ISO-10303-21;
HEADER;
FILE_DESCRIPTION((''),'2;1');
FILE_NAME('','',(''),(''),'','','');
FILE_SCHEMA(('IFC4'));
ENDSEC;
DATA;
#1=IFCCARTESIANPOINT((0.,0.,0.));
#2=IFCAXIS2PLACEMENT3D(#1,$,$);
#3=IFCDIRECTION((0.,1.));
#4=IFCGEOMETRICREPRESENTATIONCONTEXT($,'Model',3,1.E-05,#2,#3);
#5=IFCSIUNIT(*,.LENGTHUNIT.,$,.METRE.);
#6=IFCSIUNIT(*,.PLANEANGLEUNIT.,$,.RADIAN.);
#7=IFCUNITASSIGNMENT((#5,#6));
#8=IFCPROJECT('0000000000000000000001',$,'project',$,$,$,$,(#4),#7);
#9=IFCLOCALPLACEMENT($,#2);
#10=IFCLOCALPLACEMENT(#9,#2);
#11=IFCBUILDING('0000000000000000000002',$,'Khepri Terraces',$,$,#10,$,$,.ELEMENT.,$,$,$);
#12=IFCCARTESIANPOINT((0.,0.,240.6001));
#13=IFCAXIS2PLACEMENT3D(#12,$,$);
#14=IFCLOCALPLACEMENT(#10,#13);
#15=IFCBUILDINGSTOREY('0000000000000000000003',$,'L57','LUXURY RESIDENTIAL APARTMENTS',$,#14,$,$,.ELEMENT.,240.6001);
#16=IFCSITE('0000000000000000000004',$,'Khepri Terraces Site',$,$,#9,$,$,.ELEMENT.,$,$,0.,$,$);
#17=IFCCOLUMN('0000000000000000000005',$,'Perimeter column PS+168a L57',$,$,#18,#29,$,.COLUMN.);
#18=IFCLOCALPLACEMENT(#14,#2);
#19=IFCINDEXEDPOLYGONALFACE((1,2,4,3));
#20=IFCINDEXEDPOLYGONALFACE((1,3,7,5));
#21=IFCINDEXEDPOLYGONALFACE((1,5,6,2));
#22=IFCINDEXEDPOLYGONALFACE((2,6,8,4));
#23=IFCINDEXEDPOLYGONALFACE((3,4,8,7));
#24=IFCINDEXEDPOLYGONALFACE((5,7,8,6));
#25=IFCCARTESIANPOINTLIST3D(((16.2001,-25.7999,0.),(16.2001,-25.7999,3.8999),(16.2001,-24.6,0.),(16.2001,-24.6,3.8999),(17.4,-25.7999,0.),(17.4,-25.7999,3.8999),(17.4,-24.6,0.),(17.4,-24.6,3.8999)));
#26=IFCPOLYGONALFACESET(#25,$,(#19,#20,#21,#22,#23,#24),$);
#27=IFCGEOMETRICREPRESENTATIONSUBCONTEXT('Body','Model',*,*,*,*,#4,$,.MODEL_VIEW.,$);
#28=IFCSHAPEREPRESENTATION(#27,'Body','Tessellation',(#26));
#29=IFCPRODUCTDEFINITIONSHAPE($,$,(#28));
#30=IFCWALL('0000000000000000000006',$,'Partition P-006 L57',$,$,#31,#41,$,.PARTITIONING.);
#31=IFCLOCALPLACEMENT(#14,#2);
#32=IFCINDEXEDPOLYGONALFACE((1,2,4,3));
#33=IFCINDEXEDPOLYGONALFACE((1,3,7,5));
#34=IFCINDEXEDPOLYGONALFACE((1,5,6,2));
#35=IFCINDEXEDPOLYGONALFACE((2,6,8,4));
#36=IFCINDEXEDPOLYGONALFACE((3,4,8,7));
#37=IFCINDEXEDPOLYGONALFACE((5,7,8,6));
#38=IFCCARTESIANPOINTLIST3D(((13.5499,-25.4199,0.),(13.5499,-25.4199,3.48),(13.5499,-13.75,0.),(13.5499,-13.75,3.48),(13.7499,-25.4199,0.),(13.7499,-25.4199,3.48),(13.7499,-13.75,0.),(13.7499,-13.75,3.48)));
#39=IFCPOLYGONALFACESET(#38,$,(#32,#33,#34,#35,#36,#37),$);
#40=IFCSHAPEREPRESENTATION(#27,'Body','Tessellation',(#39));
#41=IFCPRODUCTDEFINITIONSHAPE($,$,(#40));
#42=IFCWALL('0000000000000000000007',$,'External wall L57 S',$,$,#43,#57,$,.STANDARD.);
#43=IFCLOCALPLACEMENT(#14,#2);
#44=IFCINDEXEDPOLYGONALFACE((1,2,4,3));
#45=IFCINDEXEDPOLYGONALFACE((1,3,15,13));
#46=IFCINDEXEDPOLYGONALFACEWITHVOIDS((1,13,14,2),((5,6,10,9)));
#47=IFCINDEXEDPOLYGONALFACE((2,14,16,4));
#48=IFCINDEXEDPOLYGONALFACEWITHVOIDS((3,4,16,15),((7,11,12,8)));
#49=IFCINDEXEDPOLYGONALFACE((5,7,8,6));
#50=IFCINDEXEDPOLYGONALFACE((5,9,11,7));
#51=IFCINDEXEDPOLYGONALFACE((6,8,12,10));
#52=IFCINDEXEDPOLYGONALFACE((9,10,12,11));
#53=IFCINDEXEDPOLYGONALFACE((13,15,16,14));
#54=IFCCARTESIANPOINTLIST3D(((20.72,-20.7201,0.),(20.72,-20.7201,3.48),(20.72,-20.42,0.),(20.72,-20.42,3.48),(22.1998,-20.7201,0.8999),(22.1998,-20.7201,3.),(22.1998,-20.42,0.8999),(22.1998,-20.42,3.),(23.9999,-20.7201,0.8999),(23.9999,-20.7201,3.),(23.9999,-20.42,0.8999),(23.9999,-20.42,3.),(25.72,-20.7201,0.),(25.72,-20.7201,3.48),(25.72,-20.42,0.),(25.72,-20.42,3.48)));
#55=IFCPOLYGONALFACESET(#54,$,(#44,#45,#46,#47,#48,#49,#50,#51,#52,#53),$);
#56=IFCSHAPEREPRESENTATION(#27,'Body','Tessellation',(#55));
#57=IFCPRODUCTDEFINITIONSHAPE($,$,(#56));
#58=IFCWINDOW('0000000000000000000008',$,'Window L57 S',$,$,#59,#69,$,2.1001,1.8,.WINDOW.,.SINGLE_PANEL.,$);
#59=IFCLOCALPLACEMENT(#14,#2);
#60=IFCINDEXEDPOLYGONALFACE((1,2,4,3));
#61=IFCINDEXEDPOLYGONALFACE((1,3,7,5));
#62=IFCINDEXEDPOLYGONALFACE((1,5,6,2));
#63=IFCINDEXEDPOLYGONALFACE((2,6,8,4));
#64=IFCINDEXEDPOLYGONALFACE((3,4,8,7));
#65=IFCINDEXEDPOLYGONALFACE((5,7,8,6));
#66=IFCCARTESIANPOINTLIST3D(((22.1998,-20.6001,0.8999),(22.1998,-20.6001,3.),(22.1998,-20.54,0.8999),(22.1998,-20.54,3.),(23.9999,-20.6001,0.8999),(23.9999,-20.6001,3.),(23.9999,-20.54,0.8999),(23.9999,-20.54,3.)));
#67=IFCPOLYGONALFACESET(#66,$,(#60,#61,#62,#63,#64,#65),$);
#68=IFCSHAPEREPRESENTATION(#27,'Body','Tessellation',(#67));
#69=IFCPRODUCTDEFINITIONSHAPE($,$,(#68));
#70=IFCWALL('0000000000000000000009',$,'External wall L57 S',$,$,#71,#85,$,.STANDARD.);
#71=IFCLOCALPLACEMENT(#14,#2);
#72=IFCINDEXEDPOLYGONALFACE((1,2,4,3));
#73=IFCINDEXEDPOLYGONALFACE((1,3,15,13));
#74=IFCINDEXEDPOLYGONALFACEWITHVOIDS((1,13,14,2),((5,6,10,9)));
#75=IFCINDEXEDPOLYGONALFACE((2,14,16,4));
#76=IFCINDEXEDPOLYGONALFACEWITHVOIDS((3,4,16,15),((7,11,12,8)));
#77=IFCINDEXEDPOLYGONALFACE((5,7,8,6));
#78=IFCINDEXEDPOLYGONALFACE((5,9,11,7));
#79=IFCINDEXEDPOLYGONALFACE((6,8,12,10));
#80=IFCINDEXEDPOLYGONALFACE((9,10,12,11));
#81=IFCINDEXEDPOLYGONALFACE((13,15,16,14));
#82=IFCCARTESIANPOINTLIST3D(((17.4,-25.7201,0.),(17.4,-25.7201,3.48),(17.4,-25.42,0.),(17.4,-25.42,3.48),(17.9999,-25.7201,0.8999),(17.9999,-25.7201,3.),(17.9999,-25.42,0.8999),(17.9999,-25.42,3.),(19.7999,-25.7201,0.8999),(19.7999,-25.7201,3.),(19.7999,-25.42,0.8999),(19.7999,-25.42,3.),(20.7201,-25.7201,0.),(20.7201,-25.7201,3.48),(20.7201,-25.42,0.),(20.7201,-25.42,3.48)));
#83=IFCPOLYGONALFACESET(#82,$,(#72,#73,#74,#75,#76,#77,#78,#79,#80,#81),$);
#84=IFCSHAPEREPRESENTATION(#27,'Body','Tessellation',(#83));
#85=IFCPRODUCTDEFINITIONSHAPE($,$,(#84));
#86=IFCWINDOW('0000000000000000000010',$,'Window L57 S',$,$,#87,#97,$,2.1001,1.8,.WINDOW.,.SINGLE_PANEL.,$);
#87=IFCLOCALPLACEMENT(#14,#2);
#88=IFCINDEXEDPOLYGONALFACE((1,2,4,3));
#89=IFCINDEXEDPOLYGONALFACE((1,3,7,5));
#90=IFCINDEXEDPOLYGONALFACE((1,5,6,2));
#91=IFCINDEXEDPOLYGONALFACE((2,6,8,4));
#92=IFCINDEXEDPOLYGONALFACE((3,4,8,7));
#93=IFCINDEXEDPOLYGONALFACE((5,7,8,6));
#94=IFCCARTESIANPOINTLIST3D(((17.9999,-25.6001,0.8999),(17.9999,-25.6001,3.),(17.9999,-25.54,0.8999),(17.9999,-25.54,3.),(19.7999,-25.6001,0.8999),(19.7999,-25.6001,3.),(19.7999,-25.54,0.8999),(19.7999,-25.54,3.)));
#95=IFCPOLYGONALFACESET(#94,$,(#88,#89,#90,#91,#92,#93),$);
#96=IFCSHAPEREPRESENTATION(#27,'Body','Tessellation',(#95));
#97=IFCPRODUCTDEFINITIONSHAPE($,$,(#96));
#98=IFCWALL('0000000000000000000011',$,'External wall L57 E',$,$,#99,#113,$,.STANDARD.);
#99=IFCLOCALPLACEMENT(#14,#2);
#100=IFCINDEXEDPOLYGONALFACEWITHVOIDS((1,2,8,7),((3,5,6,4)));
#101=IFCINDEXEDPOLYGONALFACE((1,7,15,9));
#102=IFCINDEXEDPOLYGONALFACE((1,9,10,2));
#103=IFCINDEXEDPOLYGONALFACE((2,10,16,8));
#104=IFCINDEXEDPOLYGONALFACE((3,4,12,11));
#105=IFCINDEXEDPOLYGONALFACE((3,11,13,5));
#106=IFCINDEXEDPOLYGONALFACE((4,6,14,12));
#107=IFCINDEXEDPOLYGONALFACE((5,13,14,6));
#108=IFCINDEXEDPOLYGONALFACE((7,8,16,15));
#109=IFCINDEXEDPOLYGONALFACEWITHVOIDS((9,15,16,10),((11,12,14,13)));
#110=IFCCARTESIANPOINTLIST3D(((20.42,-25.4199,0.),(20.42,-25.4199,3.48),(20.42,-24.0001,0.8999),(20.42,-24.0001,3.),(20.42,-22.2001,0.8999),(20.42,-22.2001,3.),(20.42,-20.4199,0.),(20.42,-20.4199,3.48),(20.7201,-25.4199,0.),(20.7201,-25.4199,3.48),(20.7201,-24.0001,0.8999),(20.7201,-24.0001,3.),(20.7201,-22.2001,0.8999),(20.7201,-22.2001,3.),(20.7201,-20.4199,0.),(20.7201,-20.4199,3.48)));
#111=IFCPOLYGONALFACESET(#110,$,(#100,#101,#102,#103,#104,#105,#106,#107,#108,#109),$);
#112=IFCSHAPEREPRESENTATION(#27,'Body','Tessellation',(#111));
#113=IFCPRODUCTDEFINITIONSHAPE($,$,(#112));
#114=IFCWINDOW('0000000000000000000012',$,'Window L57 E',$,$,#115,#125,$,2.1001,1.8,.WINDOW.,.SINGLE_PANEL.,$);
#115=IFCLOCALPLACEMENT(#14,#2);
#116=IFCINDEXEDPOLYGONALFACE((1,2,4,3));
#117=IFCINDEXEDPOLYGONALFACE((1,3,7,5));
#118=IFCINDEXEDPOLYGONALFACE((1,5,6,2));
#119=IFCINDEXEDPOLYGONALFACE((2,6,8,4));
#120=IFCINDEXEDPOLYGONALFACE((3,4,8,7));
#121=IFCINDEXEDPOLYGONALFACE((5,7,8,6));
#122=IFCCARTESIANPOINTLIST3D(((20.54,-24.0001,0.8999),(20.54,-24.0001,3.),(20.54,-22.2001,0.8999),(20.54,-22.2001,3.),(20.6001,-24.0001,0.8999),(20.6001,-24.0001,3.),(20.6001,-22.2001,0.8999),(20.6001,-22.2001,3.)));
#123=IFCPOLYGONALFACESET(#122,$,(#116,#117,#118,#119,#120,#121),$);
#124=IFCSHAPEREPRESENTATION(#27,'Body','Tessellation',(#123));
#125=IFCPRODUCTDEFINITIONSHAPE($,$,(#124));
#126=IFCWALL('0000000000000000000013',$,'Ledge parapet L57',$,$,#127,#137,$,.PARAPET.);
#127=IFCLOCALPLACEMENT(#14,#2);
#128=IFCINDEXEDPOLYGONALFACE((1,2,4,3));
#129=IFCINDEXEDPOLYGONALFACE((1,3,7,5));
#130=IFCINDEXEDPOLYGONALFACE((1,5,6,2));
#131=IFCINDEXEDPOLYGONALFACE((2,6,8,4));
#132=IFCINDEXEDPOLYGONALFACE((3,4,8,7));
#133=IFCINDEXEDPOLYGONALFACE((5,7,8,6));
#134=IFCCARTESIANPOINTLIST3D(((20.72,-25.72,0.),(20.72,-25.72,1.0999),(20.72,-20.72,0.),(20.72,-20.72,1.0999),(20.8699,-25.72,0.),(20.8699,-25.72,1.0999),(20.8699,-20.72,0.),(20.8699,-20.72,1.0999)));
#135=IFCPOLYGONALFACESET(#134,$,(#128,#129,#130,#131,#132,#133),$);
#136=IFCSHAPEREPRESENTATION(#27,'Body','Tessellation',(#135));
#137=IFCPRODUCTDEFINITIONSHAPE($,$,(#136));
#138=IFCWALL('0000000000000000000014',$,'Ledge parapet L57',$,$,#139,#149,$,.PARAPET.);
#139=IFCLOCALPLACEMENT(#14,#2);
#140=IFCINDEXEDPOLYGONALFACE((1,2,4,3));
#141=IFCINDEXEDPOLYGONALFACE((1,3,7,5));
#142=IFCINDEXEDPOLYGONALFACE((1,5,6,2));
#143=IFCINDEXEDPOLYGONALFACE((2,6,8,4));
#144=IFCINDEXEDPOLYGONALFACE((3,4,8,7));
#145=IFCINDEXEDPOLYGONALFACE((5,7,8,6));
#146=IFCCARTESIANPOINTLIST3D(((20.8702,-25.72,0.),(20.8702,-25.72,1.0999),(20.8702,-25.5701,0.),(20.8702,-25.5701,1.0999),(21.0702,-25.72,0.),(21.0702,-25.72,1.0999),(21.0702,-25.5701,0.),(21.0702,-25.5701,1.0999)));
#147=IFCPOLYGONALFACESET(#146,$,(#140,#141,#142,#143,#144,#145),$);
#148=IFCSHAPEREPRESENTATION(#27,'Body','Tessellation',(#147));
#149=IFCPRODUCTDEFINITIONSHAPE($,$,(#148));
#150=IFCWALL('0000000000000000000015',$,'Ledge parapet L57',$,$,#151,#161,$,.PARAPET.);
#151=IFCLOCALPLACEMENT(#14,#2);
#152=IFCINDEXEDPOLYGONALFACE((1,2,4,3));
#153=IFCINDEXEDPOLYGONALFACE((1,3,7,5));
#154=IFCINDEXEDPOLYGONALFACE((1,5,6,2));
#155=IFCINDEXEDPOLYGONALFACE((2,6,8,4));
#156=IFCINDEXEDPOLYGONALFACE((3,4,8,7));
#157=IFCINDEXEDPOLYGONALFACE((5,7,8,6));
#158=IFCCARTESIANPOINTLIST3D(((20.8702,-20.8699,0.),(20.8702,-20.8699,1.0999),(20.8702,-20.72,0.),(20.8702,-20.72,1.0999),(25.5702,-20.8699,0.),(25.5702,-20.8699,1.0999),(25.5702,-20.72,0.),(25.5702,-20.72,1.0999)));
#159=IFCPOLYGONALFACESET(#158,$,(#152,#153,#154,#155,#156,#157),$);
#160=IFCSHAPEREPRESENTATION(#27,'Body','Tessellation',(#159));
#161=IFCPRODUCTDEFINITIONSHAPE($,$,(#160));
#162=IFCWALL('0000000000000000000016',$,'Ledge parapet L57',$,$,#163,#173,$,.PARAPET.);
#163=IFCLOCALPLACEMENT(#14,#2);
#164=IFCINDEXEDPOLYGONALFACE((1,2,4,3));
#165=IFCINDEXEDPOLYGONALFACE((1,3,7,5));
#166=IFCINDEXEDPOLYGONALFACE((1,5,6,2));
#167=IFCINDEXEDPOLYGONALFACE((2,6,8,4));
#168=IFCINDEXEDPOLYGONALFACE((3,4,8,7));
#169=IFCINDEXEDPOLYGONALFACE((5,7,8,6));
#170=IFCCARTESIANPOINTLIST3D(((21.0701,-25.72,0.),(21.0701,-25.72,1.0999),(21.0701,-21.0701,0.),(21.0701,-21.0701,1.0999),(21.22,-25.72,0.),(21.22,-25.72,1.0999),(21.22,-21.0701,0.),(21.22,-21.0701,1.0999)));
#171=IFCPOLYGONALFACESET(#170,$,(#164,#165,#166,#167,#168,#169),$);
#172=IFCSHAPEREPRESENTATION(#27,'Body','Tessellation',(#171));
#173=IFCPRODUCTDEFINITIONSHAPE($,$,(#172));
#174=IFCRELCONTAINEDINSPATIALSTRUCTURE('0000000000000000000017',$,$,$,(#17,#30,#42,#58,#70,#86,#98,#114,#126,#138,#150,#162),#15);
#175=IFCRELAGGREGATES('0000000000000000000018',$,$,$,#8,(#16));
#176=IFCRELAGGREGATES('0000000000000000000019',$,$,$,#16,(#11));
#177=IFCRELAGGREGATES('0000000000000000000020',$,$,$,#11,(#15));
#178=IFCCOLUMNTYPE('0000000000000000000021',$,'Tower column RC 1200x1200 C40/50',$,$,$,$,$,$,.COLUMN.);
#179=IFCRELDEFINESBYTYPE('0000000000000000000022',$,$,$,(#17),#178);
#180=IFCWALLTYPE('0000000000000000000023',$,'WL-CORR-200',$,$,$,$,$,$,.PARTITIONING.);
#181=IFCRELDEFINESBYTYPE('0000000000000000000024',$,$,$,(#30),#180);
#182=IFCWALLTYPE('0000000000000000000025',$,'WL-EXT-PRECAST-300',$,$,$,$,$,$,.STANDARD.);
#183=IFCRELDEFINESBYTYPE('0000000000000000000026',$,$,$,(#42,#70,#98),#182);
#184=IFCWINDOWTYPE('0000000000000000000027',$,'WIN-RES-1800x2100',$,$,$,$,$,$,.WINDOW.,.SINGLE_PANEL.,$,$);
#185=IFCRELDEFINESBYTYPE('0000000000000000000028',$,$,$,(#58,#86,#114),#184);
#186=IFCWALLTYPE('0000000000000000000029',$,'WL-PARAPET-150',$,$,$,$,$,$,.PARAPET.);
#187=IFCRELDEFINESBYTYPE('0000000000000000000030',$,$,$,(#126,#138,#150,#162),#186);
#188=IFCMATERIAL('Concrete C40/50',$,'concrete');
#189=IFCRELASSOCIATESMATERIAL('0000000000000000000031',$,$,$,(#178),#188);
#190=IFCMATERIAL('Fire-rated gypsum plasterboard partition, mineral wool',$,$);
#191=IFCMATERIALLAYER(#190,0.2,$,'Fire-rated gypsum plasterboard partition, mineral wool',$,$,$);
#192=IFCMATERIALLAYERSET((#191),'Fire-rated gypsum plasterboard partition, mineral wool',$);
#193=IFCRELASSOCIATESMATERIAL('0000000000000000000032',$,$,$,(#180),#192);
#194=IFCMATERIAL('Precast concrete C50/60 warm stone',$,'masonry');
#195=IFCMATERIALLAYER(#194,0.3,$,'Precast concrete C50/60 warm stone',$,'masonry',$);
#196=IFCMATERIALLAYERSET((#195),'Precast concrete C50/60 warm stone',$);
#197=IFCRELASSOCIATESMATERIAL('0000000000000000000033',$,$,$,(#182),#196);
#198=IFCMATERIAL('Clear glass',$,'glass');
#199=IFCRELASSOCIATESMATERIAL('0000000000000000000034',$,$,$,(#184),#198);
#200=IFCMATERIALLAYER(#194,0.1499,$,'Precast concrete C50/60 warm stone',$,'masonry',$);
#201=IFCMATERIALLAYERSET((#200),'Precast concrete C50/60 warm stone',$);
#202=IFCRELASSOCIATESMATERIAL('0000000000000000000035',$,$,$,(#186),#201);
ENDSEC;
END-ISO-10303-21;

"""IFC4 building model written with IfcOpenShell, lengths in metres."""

from ifc_helpers import new_model, si_unit, direction, frame, frame_2d, origin, origin_2d, place, context, subcontext, project, spatial, rectangle, extrude, material, layer, layer_set, material_profile, profile_set, type_object, element, fill, save


model = new_model("IFC4")

# Units and contexts
model_context = context("Model", 3, precision=1e-05, world=origin(), true_north=direction((0.0, 1.0)))
body_context = subcontext(model_context, "Body", "Model", "MODEL_VIEW")
ifc_project = project(units=[si_unit("LENGTHUNIT", "METRE"), si_unit("PLANEANGLEUNIT", "RADIAN")], contexts=[model_context])

# Site, building, storey
site_placement = place(None, origin())
site = spatial("IfcSite", under=ifc_project, at=site_placement, Name="Khepri Terraces Site", CompositionType="ELEMENT", RefElevation=0.0)
building_placement = place(site_placement, origin())
building = spatial("IfcBuilding", under=site, at=building_placement, Name="Khepri Terraces", CompositionType="ELEMENT")
storey_placement = place(building_placement, frame((0.0, 0.0, 240.6001)))
storey = spatial("IfcBuildingStorey", under=building, at=storey_placement, Name="L57", Description="LUXURY RESIDENTIAL APARTMENTS", CompositionType="ELEMENT", Elevation=240.6001)

# Column
ifc_material_1 = material(Name="Concrete C40/50", Category="concrete")
ifc_material_profile = material_profile(ifc_material_1, rectangle(XDim=1.2, YDim=1.2, at=origin_2d()), Name="Concrete C40/50", Category="concrete")
ifc_profile_set = profile_set([ifc_material_profile], Name="Concrete C40/50")
column_type = type_object("IfcColumnType", Name="Tower column RC 1200x1200 C40/50", PredefinedType="COLUMN", material=ifc_profile_set)
column_placement = place(storey_placement, frame((16.8, -25.2, 0.0), z_axis=(0.0, 0.0, 1.0), x_axis=(1.0, 0.0, 0.0)))
element("IfcColumn", 1, at=column_placement, inside=storey, type_object=column_type, Name="Perimeter column PS+168a L57", PredefinedType="COLUMN", context=body_context, shape_type="SweptSolid", body=[
    extrude(rectangle(XDim=1.2, YDim=1.2, at=origin_2d()), origin(), (0.0, 0.0, 1.0), 3.8999),
])

# Wall
ifc_material_2 = material(Name="Fire-rated gypsum plasterboard partition, mineral wool")
ifc_layer_1 = layer(ifc_material_2, 0.2, Name="Fire-rated gypsum plasterboard partition, mineral wool")
ifc_layer_set_1 = layer_set([ifc_layer_1], Name="Fire-rated gypsum plasterboard partition, mineral wool")
wall_type_1 = type_object("IfcWallType", Name="WL-CORR-200", PredefinedType="PARTITIONING", material=ifc_layer_set_1)
wall_1_placement = place(storey_placement, frame((13.6499, -25.4199, 0.0), z_axis=(0.0, 0.0, 1.0), x_axis=(0.0, 1.0, 0.0)))
element("IfcWall", 2, at=wall_1_placement, inside=storey, type_object=wall_type_1, Name="Partition P-006 L57", PredefinedType="PARTITIONING", context=body_context, shape_type="SweptSolid", body=[
    extrude(rectangle(XDim=11.6699, YDim=0.2, at=frame_2d((5.835, 0.0))), origin(), (0.0, 0.0, 1.0), 3.48),
])

# Wall, opening, window
ifc_material_3 = material(Name="Precast concrete C50/60 warm stone", Category="masonry")
ifc_layer_2 = layer(ifc_material_3, 0.3, Name="Precast concrete C50/60 warm stone", Category="masonry")
ifc_layer_set_2 = layer_set([ifc_layer_2], Name="Precast concrete C50/60 warm stone")
wall_type_2 = type_object("IfcWallType", Name="WL-EXT-PRECAST-300", PredefinedType="STANDARD", material=ifc_layer_set_2)
wall_2_placement = place(storey_placement, frame((20.72, -20.5701, 0.0), z_axis=(0.0, 0.0, 1.0), x_axis=(1.0, 0.0, 0.0)))
wall_2 = element("IfcWall", 3, at=wall_2_placement, inside=storey, type_object=wall_type_2, Name="External wall L57 S", PredefinedType="STANDARD", context=body_context, shape_type="SweptSolid", body=[
    extrude(rectangle(XDim=5.0, YDim=0.3, at=frame_2d((2.5, 0.0))), origin(), (0.0, 0.0, 1.0), 3.48),
])
opening_1_placement = place(wall_2_placement, frame((1.48, 0.0, 0.8999)))
opening_1 = element("IfcOpeningElement", 4, at=opening_1_placement, cuts=wall_2, PredefinedType="OPENING", context=body_context, shape_type="SweptSolid", body=[
    extrude(rectangle(XDim=1.8, YDim=2.1001, at=frame_2d((0.8999, 1.05))), frame((0.0, 0.1602, 0.0), z_axis=(0.0, -1.0, 0.0), x_axis=(1.0, 0.0, 0.0)), (0.0, 0.0, 1.0), 0.3201),
])
ifc_material_4 = material(Name="Clear glass", Category="glass")
window_type = type_object("IfcWindowType", Name="WIN-RES-1800x2100", PartitioningType="SINGLE_PANEL", PredefinedType="WINDOW", material=ifc_material_4)
window_1_placement = place(opening_1_placement, origin())
window_1 = element("IfcWindow", 5, at=window_1_placement, inside=storey, type_object=window_type, Name="Window L57 S", OverallHeight=2.1001, OverallWidth=1.8, PartitioningType="SINGLE_PANEL", PredefinedType="WINDOW", context=body_context, shape_type="SweptSolid", body=[
    extrude(rectangle(XDim=1.8, YDim=2.1001, at=frame_2d((0.8999, 1.05))), frame((0.0, 0.03, 0.0), z_axis=(0.0, -1.0, 0.0), x_axis=(1.0, 0.0, 0.0)), (0.0, 0.0, 1.0), 0.0601),
])
fill(opening_1, window_1)

# Walls, openings, windows
wall_3_placement = place(storey_placement, frame((17.3999, -25.5701, 0.0), z_axis=(0.0, 0.0, 1.0), x_axis=(1.0, 0.0, 0.0)))
wall_3 = element("IfcWall", 6, at=wall_3_placement, inside=storey, type_object=wall_type_2, Name="External wall L57 S", PredefinedType="STANDARD", context=body_context, shape_type="SweptSolid", body=[
    extrude(rectangle(XDim=3.3201, YDim=0.3, at=frame_2d((1.6602, 0.0))), origin(), (0.0, 0.0, 1.0), 3.48),
])
opening_2_placement = place(wall_3_placement, frame((0.6001, 0.0, 0.8999)))
opening_2 = element("IfcOpeningElement", 7, at=opening_2_placement, cuts=wall_3, PredefinedType="OPENING", context=body_context, shape_type="SweptSolid", body=[
    extrude(rectangle(XDim=1.8, YDim=2.1001, at=frame_2d((0.8999, 1.05))), frame((0.0, 0.1602, 0.0), z_axis=(0.0, -1.0, 0.0), x_axis=(1.0, 0.0, 0.0)), (0.0, 0.0, 1.0), 0.3201),
])
window_2_placement = place(opening_2_placement, origin())
window_2 = element("IfcWindow", 8, at=window_2_placement, inside=storey, type_object=window_type, Name="Window L57 S", OverallHeight=2.1001, OverallWidth=1.8, PartitioningType="SINGLE_PANEL", PredefinedType="WINDOW", context=body_context, shape_type="SweptSolid", body=[
    extrude(rectangle(XDim=1.8, YDim=2.1001, at=frame_2d((0.8999, 1.05))), frame((0.0, 0.03, 0.0), z_axis=(0.0, -1.0, 0.0), x_axis=(1.0, 0.0, 0.0)), (0.0, 0.0, 1.0), 0.0601),
])
fill(opening_2, window_2)
wall_4_placement = place(storey_placement, frame((20.5701, -25.4199, 0.0), z_axis=(0.0, 0.0, 1.0), x_axis=(0.0, 1.0, 0.0)))
wall_4 = element("IfcWall", 9, at=wall_4_placement, inside=storey, type_object=wall_type_2, Name="External wall L57 E", PredefinedType="STANDARD", context=body_context, shape_type="SweptSolid", body=[
    extrude(rectangle(XDim=5.0, YDim=0.3, at=frame_2d((2.5, 0.0))), origin(), (0.0, 0.0, 1.0), 3.48),
])
opening_3_placement = place(wall_4_placement, frame((1.4199, 0.0, 0.8999)))
opening_3 = element("IfcOpeningElement", 10, at=opening_3_placement, cuts=wall_4, PredefinedType="OPENING", context=body_context, shape_type="SweptSolid", body=[
    extrude(rectangle(XDim=1.8, YDim=2.1001, at=frame_2d((0.8999, 1.05))), frame((0.0, 0.1602, 0.0), z_axis=(0.0, -1.0, 0.0), x_axis=(1.0, 0.0, 0.0)), (0.0, 0.0, 1.0), 0.3201),
])
window_3_placement = place(opening_3_placement, origin())
window_3 = element("IfcWindow", 11, at=window_3_placement, inside=storey, type_object=window_type, Name="Window L57 E", OverallHeight=2.1001, OverallWidth=1.8, PartitioningType="SINGLE_PANEL", PredefinedType="WINDOW", context=body_context, shape_type="SweptSolid", body=[
    extrude(rectangle(XDim=1.8, YDim=2.1001, at=frame_2d((0.8999, 1.05))), frame((0.0, 0.03, 0.0), z_axis=(0.0, -1.0, 0.0), x_axis=(1.0, 0.0, 0.0)), (0.0, 0.0, 1.0), 0.0601),
])
fill(opening_3, window_3)

# Walls
ifc_layer_3 = layer(ifc_material_3, 0.1499, Name="Precast concrete C50/60 warm stone", Category="masonry")
ifc_layer_set_3 = layer_set([ifc_layer_3], Name="Precast concrete C50/60 warm stone")
wall_type_3 = type_object("IfcWallType", Name="WL-PARAPET-150", PredefinedType="PARAPET", material=ifc_layer_set_3)
wall_5_placement = place(storey_placement, frame((20.7949, -25.72, 0.0), z_axis=(0.0, 0.0, 1.0), x_axis=(0.0, 1.0, 0.0)))
element("IfcWall", 12, at=wall_5_placement, inside=storey, type_object=wall_type_3, Name="Ledge parapet L57", PredefinedType="PARAPET", context=body_context, shape_type="SweptSolid", body=[
    extrude(rectangle(XDim=5.0, YDim=0.1499, at=frame_2d((2.5, 0.0))), origin(), (0.0, 0.0, 1.0), 1.0999),
])
wall_6_placement = place(storey_placement, frame((20.8701, -25.645, 0.0), z_axis=(0.0, 0.0, 1.0), x_axis=(1.0, 0.0, 0.0)))
element("IfcWall", 13, at=wall_6_placement, inside=storey, type_object=wall_type_3, Name="Ledge parapet L57", PredefinedType="PARAPET", context=body_context, shape_type="SweptSolid", body=[
    extrude(rectangle(XDim=0.2, YDim=0.1499, at=frame_2d((0.1001, 0.0))), origin(), (0.0, 0.0, 1.0), 1.0999),
])
wall_7_placement = place(storey_placement, frame((20.8701, -20.7949, 0.0), z_axis=(0.0, 0.0, 1.0), x_axis=(1.0, 0.0, 0.0)))
element("IfcWall", 14, at=wall_7_placement, inside=storey, type_object=wall_type_3, Name="Ledge parapet L57", PredefinedType="PARAPET", context=body_context, shape_type="SweptSolid", body=[
    extrude(rectangle(XDim=4.7, YDim=0.1499, at=frame_2d((2.3501, 0.0))), origin(), (0.0, 0.0, 1.0), 1.0999),
])
wall_8_placement = place(storey_placement, frame((21.145, -25.72, 0.0), z_axis=(0.0, 0.0, 1.0), x_axis=(0.0, 1.0, 0.0)))
element("IfcWall", 15, at=wall_8_placement, inside=storey, type_object=wall_type_3, Name="Ledge parapet L57", PredefinedType="PARAPET", context=body_context, shape_type="SweptSolid", body=[
    extrude(rectangle(XDim=4.6499, YDim=0.1499, at=frame_2d((2.325, 0.0))), origin(), (0.0, 0.0, 1.0), 1.0999),
])

save(model, "model.ifc")
